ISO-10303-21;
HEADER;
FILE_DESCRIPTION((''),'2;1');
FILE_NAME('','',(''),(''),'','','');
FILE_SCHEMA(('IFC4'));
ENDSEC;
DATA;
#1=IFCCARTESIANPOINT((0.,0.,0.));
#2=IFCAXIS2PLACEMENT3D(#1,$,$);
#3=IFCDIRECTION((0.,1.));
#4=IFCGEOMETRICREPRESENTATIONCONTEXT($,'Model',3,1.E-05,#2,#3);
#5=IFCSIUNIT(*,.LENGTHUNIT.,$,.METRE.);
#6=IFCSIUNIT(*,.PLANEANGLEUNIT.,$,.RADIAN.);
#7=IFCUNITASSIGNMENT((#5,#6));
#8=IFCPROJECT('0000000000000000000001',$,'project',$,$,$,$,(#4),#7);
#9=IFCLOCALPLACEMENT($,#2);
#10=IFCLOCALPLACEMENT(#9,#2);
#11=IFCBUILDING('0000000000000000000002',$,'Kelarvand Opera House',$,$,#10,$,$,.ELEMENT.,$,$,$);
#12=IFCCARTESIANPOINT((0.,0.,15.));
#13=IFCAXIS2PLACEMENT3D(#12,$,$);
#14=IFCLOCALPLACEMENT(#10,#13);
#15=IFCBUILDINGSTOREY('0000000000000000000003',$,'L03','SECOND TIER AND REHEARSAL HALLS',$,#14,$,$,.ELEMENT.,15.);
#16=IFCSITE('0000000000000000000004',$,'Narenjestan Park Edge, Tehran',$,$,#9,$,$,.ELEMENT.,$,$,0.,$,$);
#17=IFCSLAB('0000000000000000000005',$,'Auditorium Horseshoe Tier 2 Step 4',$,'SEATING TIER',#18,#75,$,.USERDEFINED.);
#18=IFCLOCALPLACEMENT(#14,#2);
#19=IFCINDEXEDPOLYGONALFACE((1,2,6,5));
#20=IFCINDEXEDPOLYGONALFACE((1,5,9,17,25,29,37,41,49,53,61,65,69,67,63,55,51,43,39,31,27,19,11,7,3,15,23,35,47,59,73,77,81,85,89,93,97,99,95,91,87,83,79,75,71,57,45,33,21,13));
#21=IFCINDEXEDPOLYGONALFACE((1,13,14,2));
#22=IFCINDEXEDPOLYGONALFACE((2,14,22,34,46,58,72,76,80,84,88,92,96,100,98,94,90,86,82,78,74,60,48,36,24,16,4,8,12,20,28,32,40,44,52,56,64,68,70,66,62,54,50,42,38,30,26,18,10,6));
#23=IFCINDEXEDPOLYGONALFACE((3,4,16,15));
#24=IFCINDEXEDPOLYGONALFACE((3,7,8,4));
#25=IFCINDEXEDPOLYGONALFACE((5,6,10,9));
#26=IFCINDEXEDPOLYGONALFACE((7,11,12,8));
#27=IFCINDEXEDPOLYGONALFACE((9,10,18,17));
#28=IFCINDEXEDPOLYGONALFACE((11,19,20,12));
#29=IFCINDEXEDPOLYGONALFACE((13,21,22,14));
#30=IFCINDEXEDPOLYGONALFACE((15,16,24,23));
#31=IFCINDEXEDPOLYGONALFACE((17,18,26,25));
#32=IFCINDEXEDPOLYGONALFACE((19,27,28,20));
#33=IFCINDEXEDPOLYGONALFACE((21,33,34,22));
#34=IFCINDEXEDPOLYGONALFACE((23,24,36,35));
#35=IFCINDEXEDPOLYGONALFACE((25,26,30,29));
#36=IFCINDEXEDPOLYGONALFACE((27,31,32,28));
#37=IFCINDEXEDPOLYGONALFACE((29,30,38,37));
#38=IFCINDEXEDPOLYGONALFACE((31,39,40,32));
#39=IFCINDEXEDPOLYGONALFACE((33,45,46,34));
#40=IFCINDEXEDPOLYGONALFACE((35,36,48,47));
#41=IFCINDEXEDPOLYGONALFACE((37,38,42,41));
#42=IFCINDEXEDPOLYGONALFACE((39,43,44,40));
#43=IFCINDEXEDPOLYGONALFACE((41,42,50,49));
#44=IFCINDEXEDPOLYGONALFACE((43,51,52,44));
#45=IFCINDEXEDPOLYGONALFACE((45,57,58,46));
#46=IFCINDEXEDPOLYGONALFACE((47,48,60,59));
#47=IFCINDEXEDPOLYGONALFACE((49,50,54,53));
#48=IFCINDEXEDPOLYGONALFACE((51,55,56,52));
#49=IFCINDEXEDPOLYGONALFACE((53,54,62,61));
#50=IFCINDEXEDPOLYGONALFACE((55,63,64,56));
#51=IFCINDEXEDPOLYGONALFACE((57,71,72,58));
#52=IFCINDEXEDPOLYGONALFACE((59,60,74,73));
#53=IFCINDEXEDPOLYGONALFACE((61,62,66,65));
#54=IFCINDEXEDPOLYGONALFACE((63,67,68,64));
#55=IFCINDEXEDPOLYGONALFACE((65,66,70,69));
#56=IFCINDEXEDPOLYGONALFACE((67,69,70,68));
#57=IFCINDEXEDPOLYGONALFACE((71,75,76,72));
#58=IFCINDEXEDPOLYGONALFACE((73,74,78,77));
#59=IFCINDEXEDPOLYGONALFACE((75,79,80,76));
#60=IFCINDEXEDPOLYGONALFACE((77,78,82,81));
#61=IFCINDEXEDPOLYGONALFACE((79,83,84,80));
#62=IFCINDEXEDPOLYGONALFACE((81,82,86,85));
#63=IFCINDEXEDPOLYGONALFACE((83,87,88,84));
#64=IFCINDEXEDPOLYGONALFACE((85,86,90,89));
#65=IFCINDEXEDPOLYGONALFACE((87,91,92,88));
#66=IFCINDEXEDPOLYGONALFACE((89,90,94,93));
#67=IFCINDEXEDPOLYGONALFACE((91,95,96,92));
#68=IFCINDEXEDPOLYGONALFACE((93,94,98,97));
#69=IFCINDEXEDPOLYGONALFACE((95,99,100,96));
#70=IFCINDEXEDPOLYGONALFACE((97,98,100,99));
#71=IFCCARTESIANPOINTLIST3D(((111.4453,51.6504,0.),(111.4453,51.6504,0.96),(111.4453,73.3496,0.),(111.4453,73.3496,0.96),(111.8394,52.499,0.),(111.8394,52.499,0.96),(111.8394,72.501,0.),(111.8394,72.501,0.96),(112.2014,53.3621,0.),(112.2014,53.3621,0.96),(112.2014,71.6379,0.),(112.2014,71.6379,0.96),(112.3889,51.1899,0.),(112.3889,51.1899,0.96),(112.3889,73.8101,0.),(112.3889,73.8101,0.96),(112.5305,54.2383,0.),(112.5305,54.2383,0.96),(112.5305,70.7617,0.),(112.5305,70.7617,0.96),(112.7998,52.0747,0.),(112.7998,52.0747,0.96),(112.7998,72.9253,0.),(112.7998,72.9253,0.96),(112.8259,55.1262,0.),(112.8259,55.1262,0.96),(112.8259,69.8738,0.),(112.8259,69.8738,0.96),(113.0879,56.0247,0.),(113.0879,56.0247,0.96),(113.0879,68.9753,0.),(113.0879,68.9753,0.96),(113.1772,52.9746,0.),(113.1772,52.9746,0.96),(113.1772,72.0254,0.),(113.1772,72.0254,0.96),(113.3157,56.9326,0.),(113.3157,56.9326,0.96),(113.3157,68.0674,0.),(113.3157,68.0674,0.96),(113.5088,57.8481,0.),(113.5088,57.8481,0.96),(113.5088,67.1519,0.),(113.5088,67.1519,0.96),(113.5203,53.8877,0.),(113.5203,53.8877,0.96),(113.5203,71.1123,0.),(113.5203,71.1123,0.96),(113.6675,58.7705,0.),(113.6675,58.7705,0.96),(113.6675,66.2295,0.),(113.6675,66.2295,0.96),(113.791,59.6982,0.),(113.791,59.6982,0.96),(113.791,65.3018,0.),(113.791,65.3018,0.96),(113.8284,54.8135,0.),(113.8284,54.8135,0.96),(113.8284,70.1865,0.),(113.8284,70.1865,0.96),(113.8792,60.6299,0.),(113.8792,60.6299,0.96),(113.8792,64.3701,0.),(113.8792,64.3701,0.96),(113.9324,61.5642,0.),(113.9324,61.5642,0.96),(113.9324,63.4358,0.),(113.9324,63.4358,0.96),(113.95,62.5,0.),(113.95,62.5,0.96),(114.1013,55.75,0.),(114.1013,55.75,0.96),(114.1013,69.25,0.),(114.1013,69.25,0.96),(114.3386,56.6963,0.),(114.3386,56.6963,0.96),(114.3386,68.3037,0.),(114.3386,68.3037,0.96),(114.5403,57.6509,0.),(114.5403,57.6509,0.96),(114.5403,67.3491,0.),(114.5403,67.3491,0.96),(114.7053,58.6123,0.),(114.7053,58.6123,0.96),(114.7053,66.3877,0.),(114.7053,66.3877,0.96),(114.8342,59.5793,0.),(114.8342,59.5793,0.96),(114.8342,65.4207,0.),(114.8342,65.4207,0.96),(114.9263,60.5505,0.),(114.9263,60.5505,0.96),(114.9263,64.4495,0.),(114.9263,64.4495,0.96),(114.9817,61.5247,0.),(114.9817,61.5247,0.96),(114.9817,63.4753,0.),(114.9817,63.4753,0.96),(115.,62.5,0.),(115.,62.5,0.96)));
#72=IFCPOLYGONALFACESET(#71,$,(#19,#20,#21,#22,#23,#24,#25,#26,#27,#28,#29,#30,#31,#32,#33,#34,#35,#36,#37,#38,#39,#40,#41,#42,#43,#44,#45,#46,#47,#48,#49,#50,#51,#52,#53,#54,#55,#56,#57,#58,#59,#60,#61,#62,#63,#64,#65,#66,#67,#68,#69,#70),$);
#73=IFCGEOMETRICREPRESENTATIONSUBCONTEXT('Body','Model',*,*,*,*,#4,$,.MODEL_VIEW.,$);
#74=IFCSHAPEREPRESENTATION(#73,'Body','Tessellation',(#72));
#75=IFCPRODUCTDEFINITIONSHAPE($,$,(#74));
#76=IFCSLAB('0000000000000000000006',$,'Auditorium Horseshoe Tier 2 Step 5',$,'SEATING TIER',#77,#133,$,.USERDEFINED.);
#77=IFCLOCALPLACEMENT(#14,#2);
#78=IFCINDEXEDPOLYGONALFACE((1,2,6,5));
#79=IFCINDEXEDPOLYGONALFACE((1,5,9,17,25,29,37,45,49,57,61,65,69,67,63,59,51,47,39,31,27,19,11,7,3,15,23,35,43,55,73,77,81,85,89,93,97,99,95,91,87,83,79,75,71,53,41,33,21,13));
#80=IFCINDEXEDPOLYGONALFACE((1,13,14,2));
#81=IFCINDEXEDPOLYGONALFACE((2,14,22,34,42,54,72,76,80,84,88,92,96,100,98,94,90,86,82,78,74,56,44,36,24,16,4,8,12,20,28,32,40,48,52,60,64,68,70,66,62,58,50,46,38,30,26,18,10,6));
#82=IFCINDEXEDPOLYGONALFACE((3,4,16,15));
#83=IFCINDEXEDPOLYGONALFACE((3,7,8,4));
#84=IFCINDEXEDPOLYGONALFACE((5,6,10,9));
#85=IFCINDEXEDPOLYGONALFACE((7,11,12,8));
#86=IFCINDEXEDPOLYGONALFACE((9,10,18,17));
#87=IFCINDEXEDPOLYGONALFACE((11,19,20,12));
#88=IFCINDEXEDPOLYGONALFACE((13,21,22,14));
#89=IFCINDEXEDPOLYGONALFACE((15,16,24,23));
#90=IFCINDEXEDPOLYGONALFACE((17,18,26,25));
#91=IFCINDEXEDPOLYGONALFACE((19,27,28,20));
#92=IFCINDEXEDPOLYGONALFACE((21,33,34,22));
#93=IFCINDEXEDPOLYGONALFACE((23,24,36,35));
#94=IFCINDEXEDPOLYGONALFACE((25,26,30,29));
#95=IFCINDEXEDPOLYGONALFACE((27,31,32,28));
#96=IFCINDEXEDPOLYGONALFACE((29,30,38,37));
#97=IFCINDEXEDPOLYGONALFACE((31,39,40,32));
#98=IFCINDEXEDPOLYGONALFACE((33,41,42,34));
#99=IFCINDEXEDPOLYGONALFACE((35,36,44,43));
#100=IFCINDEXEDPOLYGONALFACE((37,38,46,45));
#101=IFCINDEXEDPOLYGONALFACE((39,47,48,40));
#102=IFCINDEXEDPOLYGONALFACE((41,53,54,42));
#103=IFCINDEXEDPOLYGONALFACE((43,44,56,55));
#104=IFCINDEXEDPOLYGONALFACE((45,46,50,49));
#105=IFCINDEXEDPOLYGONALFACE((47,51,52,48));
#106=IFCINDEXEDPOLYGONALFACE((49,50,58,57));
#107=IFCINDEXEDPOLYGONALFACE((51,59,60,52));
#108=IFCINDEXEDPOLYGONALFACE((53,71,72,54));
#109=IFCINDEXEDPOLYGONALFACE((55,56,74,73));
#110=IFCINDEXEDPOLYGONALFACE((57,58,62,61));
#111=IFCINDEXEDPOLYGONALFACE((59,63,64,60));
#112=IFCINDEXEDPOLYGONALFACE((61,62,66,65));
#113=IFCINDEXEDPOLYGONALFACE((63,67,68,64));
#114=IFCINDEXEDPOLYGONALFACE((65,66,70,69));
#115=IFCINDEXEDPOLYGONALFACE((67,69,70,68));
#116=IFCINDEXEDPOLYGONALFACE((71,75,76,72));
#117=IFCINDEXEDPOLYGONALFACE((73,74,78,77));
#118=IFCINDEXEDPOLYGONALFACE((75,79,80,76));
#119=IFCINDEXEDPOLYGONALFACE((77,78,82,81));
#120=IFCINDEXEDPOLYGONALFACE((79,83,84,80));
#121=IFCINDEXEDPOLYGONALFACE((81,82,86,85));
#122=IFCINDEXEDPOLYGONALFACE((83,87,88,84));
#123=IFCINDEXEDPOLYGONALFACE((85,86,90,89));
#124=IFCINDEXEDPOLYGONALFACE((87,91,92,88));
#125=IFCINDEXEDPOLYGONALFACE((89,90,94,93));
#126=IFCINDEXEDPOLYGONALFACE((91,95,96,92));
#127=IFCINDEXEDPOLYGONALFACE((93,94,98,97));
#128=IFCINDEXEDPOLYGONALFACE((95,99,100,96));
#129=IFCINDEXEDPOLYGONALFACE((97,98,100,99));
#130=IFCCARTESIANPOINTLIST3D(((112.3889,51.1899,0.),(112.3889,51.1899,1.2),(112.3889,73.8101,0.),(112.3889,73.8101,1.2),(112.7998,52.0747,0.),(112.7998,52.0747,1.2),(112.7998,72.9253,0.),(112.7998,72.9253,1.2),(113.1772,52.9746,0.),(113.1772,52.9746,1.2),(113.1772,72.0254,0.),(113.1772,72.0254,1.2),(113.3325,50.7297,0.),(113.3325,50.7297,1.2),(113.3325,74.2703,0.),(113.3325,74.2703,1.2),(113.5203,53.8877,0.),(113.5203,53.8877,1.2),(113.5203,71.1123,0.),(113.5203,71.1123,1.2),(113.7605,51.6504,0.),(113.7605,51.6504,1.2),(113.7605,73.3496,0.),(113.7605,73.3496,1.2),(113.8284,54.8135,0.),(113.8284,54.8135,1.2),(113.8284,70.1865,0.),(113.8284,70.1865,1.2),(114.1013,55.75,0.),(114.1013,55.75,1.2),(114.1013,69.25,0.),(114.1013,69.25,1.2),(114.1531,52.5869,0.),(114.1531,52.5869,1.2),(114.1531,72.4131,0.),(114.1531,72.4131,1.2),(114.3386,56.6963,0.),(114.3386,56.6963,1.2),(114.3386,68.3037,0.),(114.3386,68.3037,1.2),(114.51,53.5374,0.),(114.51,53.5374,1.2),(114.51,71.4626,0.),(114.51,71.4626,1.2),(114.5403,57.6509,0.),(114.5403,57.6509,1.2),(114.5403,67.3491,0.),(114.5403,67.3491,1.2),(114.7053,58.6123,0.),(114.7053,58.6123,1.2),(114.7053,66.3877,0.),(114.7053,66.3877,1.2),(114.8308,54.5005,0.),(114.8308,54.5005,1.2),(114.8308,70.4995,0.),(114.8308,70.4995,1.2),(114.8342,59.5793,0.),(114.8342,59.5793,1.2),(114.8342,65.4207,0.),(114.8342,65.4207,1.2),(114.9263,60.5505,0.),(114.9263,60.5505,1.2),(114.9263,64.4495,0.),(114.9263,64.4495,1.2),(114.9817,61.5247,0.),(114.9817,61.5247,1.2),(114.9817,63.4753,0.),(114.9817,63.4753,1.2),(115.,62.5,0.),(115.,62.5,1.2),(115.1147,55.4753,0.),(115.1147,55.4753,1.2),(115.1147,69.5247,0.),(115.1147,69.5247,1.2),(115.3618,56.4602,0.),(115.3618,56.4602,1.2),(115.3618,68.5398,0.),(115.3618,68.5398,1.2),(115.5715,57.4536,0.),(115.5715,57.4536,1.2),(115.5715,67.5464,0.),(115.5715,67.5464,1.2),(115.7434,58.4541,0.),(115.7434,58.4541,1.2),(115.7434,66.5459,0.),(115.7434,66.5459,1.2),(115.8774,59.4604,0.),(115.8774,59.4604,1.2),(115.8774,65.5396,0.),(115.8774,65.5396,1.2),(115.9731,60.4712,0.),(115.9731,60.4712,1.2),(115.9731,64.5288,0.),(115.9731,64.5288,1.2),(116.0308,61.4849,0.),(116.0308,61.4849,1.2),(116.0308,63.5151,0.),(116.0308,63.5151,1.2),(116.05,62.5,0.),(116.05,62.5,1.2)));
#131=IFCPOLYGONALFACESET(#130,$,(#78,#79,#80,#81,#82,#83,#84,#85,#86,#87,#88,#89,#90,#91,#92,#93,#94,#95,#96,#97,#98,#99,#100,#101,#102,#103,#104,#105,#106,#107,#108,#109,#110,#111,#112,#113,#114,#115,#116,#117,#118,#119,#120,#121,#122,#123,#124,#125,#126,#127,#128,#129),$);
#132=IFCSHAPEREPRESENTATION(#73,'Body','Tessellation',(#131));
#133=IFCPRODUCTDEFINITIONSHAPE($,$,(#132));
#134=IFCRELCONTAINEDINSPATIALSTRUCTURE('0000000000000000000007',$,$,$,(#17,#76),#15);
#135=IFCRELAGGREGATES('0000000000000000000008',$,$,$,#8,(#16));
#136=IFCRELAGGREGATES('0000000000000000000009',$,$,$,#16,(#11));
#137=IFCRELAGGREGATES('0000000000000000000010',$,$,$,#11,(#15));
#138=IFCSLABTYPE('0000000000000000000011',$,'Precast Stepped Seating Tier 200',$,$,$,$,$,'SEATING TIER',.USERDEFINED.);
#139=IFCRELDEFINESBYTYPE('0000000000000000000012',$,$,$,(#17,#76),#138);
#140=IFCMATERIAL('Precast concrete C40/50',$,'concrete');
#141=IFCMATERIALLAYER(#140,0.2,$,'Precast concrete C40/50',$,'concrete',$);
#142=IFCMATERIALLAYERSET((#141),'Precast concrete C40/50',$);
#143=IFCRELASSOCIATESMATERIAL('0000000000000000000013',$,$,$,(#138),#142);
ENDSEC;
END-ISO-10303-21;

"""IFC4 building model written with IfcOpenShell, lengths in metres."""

from ifc_helpers import new_model, si_unit, direction, frame, origin, place, context, subcontext, project, spatial, polyline, outline, extrude, material, layer, layer_set, type_object, element, save


model = new_model("IFC4")

# Units and contexts
model_context = context("Model", 3, precision=1e-05, world=origin(), true_north=direction((0.0, 1.0)))
body_context = subcontext(model_context, "Body", "Model", "MODEL_VIEW")
ifc_project = project(units=[si_unit("LENGTHUNIT", "METRE"), si_unit("PLANEANGLEUNIT", "RADIAN")], contexts=[model_context])

# Site, building, storey
site_placement = place(None, origin())
site = spatial("IfcSite", under=ifc_project, at=site_placement, Name="Narenjestan Park Edge, Tehran", CompositionType="ELEMENT", RefElevation=0.0)
building_placement = place(site_placement, origin())
building = spatial("IfcBuilding", under=site, at=building_placement, Name="Kelarvand Opera House", CompositionType="ELEMENT")
storey_placement = place(building_placement, frame((0.0, 0.0, 15.0)))
storey = spatial("IfcBuildingStorey", under=building, at=storey_placement, Name="L03", Description="SECOND TIER AND REHEARSAL HALLS", CompositionType="ELEMENT", Elevation=15.0)

# Slabs
ifc_material_1 = material(Name="Precast concrete C40/50", Category="concrete")
ifc_layer_1 = layer(ifc_material_1, 0.2, Name="Precast concrete C40/50", Category="concrete")
ifc_layer_set_1 = layer_set([ifc_layer_1], Name="Precast concrete C40/50")
slab_type_1 = type_object("IfcSlabType", Name="Precast Stepped Seating Tier 200", ElementType="SEATING TIER", PredefinedType="USERDEFINED", material=ifc_layer_set_1)
slab_1_placement = place(storey_placement, origin())
element("IfcSlab", 1, at=slab_1_placement, inside=storey, type_object=slab_type_1, Name="Auditorium Horseshoe Tier 2 Step 4", ObjectType="SEATING TIER", PredefinedType="USERDEFINED", context=body_context, shape_type="SweptSolid", body=[
    extrude(outline(polyline([(111.4453, 51.6504), (111.8394, 52.499), (112.2014, 53.3621), (112.5305, 54.2383), (112.8259, 55.1262), (113.0879, 56.0247), (113.3157, 56.9326), (113.5088, 57.8481), (113.6675, 58.7705), (113.791, 59.6982), (113.8792, 60.6299), (113.9324, 61.5642), (113.95, 62.5), (113.9324, 63.4358), (113.8792, 64.3701), (113.791, 65.3018), (113.6675, 66.2295), (113.5088, 67.1519), (113.3157, 68.0674), (113.0879, 68.9753), (112.8259, 69.8738), (112.5305, 70.7617), (112.2014, 71.6379), (111.8394, 72.501), (111.4453, 73.3496), (112.3889, 73.8101), (112.7998, 72.9253), (113.1772, 72.0254), (113.5203, 71.1123), (113.8284, 70.1865), (114.1013, 69.25), (114.3386, 68.3037), (114.5403, 67.3491), (114.7053, 66.3877), (114.8342, 65.4207), (114.9263, 64.4495), (114.9817, 63.4753), (115.0, 62.5), (114.9817, 61.5247), (114.9263, 60.5505), (114.8342, 59.5793), (114.7053, 58.6123), (114.5403, 57.6509), (114.3386, 56.6963), (114.1013, 55.75), (113.8284, 54.8135), (113.5203, 53.8877), (113.1772, 52.9746), (112.7998, 52.0747), (112.3889, 51.1899), (111.4453, 51.6504)])), origin(), (0.0, 0.0, 1.0), 0.96),
])
slab_2_placement = place(storey_placement, origin())
element("IfcSlab", 2, at=slab_2_placement, inside=storey, type_object=slab_type_1, Name="Auditorium Horseshoe Tier 2 Step 5", ObjectType="SEATING TIER", PredefinedType="USERDEFINED", context=body_context, shape_type="SweptSolid", body=[
    extrude(outline(polyline([(112.3889, 51.1899), (112.7998, 52.0747), (113.1772, 52.9746), (113.5203, 53.8877), (113.8284, 54.8135), (114.1013, 55.75), (114.3386, 56.6963), (114.5403, 57.6509), (114.7053, 58.6123), (114.8342, 59.5793), (114.9263, 60.5505), (114.9817, 61.5247), (115.0, 62.5), (114.9817, 63.4753), (114.9263, 64.4495), (114.8342, 65.4207), (114.7053, 66.3877), (114.5403, 67.3491), (114.3386, 68.3037), (114.1013, 69.25), (113.8284, 70.1865), (113.5203, 71.1123), (113.1772, 72.0254), (112.7998, 72.9253), (112.3889, 73.8101), (113.3325, 74.2703), (113.7605, 73.3496), (114.1531, 72.4131), (114.51, 71.4626), (114.8308, 70.4995), (115.1147, 69.5247), (115.3618, 68.5398), (115.5715, 67.5464), (115.7434, 66.5459), (115.8774, 65.5396), (115.9731, 64.5288), (116.0308, 63.5151), (116.05, 62.5), (116.0308, 61.4849), (115.9731, 60.4712), (115.8774, 59.4604), (115.7434, 58.4541), (115.5715, 57.4536), (115.3618, 56.4602), (115.1147, 55.4753), (114.8308, 54.5005), (114.51, 53.5374), (114.1531, 52.5869), (113.7605, 51.6504), (113.3325, 50.7297), (112.3889, 51.1899)])), origin(), (0.0, 0.0, 1.0), 1.2),
])

save(model, "model.ifc")
